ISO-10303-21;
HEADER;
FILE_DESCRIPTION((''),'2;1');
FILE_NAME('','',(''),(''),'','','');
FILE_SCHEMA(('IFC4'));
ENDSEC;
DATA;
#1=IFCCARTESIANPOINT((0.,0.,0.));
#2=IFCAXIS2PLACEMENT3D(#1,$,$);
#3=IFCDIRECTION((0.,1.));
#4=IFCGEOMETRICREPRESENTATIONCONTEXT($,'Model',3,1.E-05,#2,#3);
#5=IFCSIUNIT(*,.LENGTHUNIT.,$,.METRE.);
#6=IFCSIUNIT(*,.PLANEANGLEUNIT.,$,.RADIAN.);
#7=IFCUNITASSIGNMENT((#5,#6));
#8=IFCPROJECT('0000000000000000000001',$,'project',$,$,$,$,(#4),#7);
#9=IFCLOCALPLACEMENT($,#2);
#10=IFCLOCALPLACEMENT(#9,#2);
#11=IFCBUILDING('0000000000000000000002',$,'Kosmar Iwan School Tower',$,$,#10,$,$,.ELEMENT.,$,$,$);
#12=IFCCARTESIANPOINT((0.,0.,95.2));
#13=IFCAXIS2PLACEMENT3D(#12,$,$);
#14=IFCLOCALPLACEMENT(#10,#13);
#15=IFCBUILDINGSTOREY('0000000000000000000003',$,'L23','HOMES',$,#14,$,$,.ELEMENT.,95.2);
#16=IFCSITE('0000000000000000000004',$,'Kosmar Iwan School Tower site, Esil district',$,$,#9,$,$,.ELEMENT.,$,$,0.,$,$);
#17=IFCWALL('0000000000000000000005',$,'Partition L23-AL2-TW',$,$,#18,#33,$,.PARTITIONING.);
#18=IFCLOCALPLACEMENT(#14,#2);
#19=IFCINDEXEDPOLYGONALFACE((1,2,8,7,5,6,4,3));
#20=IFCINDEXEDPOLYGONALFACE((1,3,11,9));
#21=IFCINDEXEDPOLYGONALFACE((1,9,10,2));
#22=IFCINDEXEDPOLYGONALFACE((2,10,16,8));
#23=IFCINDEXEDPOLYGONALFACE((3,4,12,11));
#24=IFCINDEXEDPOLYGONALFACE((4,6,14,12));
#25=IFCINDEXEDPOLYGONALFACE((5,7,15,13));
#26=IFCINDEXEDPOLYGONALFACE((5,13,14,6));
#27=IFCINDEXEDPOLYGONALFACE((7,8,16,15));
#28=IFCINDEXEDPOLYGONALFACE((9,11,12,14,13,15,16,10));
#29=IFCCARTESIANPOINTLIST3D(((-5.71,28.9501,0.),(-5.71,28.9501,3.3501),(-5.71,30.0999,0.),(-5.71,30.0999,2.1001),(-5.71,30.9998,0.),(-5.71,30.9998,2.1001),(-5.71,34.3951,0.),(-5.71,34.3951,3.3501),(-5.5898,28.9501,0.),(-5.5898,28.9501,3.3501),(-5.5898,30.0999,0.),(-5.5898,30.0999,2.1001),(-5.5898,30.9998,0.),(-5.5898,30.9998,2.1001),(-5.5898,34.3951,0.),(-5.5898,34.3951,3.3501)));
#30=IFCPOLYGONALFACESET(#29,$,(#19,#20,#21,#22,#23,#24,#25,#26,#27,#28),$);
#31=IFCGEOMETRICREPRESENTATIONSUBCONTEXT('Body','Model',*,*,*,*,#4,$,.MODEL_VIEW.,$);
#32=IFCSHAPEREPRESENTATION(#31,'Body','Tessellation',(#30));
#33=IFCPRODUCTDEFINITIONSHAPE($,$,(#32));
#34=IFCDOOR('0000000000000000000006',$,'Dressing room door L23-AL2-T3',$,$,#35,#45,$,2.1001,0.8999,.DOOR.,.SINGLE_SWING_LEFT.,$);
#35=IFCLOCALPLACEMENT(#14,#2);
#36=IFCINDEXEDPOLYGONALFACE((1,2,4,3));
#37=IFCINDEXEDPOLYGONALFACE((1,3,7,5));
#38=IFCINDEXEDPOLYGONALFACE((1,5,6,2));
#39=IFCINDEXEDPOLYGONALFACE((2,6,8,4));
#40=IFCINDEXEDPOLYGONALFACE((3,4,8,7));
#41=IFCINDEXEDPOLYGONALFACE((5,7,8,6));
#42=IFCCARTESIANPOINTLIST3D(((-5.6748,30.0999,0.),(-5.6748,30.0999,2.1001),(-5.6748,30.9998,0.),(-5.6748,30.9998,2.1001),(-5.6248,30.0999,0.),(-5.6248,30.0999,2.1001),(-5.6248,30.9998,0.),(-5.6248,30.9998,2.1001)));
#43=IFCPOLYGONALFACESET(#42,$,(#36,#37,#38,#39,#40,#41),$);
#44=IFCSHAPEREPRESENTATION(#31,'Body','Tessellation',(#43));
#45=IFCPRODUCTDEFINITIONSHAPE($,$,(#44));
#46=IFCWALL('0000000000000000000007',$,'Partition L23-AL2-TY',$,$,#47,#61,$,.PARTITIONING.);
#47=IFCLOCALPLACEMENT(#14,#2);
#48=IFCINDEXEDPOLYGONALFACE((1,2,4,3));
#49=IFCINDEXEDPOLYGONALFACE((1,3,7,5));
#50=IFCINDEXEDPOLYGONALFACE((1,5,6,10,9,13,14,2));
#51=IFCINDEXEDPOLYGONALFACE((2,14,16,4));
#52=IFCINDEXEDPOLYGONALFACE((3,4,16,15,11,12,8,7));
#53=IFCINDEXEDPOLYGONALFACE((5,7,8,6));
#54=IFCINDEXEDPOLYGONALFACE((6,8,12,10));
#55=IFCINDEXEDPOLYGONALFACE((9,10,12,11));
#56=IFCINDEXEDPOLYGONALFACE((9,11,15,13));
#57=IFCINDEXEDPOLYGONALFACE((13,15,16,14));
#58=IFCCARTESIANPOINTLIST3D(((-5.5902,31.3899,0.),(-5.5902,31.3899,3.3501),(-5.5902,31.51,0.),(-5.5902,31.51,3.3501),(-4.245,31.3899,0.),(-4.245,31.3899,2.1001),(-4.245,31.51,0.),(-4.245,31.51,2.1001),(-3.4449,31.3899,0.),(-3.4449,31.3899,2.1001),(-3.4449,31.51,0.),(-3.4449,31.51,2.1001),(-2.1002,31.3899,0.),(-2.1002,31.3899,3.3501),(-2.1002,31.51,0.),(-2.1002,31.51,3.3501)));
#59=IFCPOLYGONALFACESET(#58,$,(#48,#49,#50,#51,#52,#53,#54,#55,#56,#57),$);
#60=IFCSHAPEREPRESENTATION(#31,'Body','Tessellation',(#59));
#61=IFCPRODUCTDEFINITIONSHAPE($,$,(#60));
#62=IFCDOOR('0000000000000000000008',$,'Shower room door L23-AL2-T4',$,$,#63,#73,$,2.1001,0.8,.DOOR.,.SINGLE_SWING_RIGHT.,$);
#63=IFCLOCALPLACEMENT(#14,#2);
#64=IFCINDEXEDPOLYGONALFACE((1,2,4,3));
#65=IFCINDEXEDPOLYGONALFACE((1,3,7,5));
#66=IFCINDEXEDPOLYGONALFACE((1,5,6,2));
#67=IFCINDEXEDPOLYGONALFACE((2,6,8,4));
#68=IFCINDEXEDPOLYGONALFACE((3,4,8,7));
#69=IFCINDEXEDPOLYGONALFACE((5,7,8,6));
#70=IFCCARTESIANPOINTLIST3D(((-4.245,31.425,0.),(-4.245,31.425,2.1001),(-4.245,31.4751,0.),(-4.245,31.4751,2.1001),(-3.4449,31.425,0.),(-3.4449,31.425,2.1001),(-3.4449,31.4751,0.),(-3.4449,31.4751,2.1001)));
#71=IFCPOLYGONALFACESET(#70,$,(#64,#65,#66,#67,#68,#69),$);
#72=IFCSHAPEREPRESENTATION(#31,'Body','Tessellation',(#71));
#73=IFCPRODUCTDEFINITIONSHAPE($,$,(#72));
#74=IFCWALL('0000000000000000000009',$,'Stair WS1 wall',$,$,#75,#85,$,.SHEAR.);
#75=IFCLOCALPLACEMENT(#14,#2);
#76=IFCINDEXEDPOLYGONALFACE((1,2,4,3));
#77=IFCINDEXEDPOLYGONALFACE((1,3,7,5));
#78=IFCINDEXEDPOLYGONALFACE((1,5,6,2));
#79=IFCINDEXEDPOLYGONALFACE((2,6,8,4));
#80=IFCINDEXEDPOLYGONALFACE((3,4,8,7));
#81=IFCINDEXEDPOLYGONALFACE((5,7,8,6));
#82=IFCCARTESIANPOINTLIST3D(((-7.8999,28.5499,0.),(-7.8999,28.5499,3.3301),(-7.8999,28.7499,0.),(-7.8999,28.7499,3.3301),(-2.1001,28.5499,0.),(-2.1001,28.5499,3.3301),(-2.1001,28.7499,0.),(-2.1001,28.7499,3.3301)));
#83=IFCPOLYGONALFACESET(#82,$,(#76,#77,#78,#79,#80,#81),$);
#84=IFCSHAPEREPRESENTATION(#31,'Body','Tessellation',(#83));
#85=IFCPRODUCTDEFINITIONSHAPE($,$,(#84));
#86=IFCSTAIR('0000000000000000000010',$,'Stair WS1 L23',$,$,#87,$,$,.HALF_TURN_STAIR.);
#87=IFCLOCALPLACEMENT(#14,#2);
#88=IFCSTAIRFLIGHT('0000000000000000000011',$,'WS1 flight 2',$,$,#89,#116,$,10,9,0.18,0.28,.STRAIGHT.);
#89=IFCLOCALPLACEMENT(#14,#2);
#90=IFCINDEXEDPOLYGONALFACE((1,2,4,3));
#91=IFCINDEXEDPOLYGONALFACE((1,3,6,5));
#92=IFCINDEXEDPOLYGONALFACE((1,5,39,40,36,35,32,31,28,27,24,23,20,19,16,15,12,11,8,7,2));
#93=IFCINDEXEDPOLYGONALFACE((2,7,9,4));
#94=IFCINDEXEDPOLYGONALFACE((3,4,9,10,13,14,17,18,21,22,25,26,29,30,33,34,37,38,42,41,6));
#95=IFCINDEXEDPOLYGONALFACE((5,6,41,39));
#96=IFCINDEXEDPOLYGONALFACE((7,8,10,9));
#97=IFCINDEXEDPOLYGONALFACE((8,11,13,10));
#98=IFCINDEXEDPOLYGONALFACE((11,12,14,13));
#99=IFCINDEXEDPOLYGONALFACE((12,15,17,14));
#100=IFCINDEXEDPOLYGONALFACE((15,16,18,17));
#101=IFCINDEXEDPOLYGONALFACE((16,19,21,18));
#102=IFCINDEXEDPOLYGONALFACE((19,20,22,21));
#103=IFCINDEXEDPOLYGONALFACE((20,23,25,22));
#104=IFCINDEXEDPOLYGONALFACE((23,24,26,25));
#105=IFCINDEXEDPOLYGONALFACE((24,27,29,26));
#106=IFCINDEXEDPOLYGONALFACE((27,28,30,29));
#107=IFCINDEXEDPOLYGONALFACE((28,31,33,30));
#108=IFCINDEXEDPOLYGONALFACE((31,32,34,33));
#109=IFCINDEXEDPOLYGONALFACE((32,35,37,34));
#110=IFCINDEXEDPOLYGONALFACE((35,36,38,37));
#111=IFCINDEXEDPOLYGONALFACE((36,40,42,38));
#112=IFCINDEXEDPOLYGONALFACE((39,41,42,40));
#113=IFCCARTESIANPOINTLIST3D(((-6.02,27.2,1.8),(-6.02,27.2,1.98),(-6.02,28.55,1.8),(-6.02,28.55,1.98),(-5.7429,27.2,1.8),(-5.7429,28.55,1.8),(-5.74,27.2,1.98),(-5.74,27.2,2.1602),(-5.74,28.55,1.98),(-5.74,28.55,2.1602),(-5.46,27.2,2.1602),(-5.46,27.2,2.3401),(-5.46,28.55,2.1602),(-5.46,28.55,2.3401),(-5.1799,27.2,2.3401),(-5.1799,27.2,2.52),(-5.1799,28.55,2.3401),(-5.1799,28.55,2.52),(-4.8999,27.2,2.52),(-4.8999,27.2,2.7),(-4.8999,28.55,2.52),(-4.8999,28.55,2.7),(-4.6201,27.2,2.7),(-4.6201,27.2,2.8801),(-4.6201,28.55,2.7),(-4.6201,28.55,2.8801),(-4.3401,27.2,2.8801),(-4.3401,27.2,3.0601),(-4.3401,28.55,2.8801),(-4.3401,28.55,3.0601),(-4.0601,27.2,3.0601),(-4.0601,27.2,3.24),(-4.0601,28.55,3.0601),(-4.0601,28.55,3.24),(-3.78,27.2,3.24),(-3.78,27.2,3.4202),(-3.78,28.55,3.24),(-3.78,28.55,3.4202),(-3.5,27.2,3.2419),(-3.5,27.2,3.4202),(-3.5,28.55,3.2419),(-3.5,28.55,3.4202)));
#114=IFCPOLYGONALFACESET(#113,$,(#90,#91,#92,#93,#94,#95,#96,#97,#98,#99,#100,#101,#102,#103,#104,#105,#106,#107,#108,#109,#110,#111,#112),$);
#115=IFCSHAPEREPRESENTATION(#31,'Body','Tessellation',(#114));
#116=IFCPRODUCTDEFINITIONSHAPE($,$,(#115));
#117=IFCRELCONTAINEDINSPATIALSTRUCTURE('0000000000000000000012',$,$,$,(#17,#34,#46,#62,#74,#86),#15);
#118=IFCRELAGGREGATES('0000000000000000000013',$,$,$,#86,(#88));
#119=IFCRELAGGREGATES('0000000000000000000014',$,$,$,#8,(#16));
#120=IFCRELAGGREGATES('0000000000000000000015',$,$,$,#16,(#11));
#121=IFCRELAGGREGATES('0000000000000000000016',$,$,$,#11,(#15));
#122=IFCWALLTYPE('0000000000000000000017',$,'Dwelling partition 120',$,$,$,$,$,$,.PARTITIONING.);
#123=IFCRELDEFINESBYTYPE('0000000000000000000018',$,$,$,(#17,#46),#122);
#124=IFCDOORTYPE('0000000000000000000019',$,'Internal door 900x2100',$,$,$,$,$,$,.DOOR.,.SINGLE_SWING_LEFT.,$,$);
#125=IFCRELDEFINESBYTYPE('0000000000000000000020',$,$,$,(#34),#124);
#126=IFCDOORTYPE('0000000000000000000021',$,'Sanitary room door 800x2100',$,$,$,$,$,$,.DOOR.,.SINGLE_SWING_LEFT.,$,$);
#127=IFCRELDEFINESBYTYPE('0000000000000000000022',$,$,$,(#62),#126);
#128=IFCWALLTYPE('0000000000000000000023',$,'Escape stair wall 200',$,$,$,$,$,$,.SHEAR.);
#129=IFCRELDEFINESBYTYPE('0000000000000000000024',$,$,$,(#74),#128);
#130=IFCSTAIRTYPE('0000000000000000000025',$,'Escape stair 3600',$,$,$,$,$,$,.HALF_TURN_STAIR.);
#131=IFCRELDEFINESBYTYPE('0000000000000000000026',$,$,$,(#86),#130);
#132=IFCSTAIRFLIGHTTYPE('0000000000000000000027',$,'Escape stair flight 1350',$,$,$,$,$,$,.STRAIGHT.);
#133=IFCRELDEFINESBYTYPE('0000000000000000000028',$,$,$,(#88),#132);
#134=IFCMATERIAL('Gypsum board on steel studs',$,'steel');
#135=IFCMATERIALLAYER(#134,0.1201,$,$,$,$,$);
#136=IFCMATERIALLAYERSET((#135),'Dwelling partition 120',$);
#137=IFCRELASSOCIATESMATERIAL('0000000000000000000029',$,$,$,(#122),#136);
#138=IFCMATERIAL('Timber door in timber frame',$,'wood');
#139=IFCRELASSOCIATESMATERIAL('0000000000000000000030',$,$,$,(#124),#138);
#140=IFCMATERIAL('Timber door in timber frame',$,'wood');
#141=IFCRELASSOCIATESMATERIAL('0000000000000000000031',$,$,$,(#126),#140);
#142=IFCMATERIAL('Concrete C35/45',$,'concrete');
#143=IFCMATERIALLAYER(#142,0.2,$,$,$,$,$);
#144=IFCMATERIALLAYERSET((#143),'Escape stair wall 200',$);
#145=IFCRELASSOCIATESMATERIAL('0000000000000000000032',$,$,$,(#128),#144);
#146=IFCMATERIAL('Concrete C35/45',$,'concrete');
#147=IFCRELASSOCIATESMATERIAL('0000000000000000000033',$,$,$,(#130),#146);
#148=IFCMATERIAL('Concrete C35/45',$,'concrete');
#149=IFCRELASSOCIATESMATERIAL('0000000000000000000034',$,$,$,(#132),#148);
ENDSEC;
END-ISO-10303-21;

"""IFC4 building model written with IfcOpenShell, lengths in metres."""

from ifc_helpers import new_model, si_unit, direction, frame, frame_2d, origin, place, context, subcontext, project, spatial, polyline, rectangle, outline, extrude, material, layer, layer_set, type_object, element, fill, aggregate, save


model = new_model("IFC4")

# Units and contexts
model_context = context("Model", 3, precision=1e-05, world=origin(), true_north=direction((0.0, 1.0)))
body_context = subcontext(model_context, "Body", "Model", "MODEL_VIEW")
ifc_project = project(units=[si_unit("LENGTHUNIT", "METRE"), si_unit("PLANEANGLEUNIT", "RADIAN")], contexts=[model_context])

# Site, building, storey
site_placement = place(None, origin())
site = spatial("IfcSite", under=ifc_project, at=site_placement, Name="Kosmar Iwan School Tower site, Esil district", CompositionType="ELEMENT", RefElevation=0.0)
building_placement = place(site_placement, origin())
building = spatial("IfcBuilding", under=site, at=building_placement, Name="Kosmar Iwan School Tower", CompositionType="ELEMENT")
storey_placement = place(building_placement, frame((0.0, 0.0, 95.2)))
storey = spatial("IfcBuildingStorey", under=building, at=storey_placement, Name="L23", Description="HOMES", CompositionType="ELEMENT", Elevation=95.2)

# Walls, openings, doors
ifc_material_1 = material(Name="Gypsum board on steel studs", Category="steel")
ifc_layer_1 = layer(ifc_material_1, 0.1201)
ifc_layer_set_1 = layer_set([ifc_layer_1], Name="Dwelling partition 120")
wall_type_1 = type_object("IfcWallType", Name="Dwelling partition 120", PredefinedType="PARTITIONING", material=ifc_layer_set_1)
ifc_material_2 = material(Name="Timber door in timber frame", Category="wood")
door_type_1 = type_object("IfcDoorType", Name="Internal door 900x2100", OperationType="SINGLE_SWING_LEFT", PredefinedType="DOOR", material=ifc_material_2)
wall_1_placement = place(storey_placement, frame((-5.6499, 28.95, 0.0), z_axis=(0.0, 0.0, 1.0), x_axis=(0.0, 1.0, 0.0)))
wall_1 = element("IfcWall", 1, at=wall_1_placement, inside=storey, type_object=wall_type_1, Name="Partition L23-AL2-TW", PredefinedType="PARTITIONING", context=body_context, shape_type="SweptSolid", body=[
    extrude(rectangle(XDim=5.4451, YDim=0.1201, at=frame_2d((2.7227, 0.0))), origin(), (0.0, 0.0, 1.0), 3.3501),
])
opening_1_placement = place(wall_1_placement, frame((1.1499, 0.0, 0.0)))
opening_1 = element("IfcOpeningElement", 2, at=opening_1_placement, cuts=wall_1, PredefinedType="OPENING", context=body_context, shape_type="SweptSolid", body=[
    extrude(rectangle(XDim=0.8999, YDim=2.1001, at=frame_2d((0.45, 1.05))), frame((0.0, 0.072, 0.0), z_axis=(0.0, -1.0, 0.0), x_axis=(1.0, 0.0, 0.0)), (0.0, 0.0, 1.0), 0.144),
])
door_1_placement = place(opening_1_placement, origin())
door_1 = element("IfcDoor", 3, at=door_1_placement, inside=storey, type_object=door_type_1, Name="Dressing room door L23-AL2-T3", OperationType="SINGLE_SWING_LEFT", OverallHeight=2.1001, OverallWidth=0.8999, PredefinedType="DOOR", context=body_context, shape_type="SweptSolid", body=[
    extrude(rectangle(XDim=0.8999, YDim=2.1001, at=frame_2d((0.45, 1.05))), frame((0.0, 0.0249, 0.0), z_axis=(0.0, -1.0, 0.0), x_axis=(1.0, 0.0, 0.0)), (0.0, 0.0, 1.0), 0.05),
])
fill(opening_1, door_1)
wall_2_placement = place(storey_placement, frame((-2.1001, 31.45, 0.0), z_axis=(0.0, 0.0, 1.0), x_axis=(-1.0, 0.0, 0.0)))
wall_2 = element("IfcWall", 4, at=wall_2_placement, inside=storey, type_object=wall_type_1, Name="Partition L23-AL2-TY", PredefinedType="PARTITIONING", context=body_context, shape_type="SweptSolid", body=[
    extrude(rectangle(XDim=3.49, YDim=0.1201, at=frame_2d((1.7451, 0.0))), origin(), (0.0, 0.0, 1.0), 3.3501),
])
opening_2_placement = place(wall_2_placement, frame((1.345, 0.0, 0.0)))
opening_2 = element("IfcOpeningElement", 5, at=opening_2_placement, cuts=wall_2, PredefinedType="OPENING", context=body_context, shape_type="SweptSolid", body=[
    extrude(rectangle(XDim=0.8, YDim=2.1001, at=frame_2d((0.3999, 1.05))), frame((0.0, 0.072, 0.0), z_axis=(0.0, -1.0, 0.0), x_axis=(1.0, 0.0, 0.0)), (0.0, 0.0, 1.0), 0.144),
])
ifc_material_3 = material(Name="Timber door in timber frame", Category="wood")
door_type_2 = type_object("IfcDoorType", Name="Sanitary room door 800x2100", OperationType="SINGLE_SWING_LEFT", PredefinedType="DOOR", material=ifc_material_3)
door_2_placement = place(opening_2_placement, origin())
door_2 = element("IfcDoor", 6, at=door_2_placement, inside=storey, type_object=door_type_2, Name="Shower room door L23-AL2-T4", OperationType="SINGLE_SWING_RIGHT", OverallHeight=2.1001, OverallWidth=0.8, PredefinedType="DOOR", context=body_context, shape_type="SweptSolid", body=[
    extrude(rectangle(XDim=0.8, YDim=2.1001, at=frame_2d((0.3999, 1.05))), frame((0.0, 0.0249, 0.0), z_axis=(0.0, -1.0, 0.0), x_axis=(1.0, 0.0, 0.0)), (0.0, 0.0, 1.0), 0.05),
])
fill(opening_2, door_2)

# Wall
ifc_material_4 = material(Name="Concrete C35/45", Category="concrete")
ifc_layer_2 = layer(ifc_material_4, 0.2)
ifc_layer_set_2 = layer_set([ifc_layer_2], Name="Escape stair wall 200")
wall_type_2 = type_object("IfcWallType", Name="Escape stair wall 200", PredefinedType="SHEAR", material=ifc_layer_set_2)
wall_3_placement = place(storey_placement, frame((-2.1001, 28.6499, 0.0), z_axis=(0.0, 0.0, 1.0), x_axis=(-1.0, 0.0, 0.0)))
element("IfcWall", 7, at=wall_3_placement, inside=storey, type_object=wall_type_2, Name="Stair WS1 wall", PredefinedType="SHEAR", context=body_context, shape_type="SweptSolid", body=[
    extrude(rectangle(XDim=5.7998, YDim=0.2, at=frame_2d((2.8999, 0.0))), origin(), (0.0, 0.0, 1.0), 3.3301),
])

# Stair, stair flight
ifc_material_5 = material(Name="Concrete C35/45", Category="concrete")
stair_type = type_object("IfcStairType", Name="Escape stair 3600", PredefinedType="HALF_TURN_STAIR", material=ifc_material_5)
stair_placement = place(storey_placement, origin())
stair = element("IfcStair", 8, at=stair_placement, inside=storey, type_object=stair_type, Name="Stair WS1 L23", PredefinedType="HALF_TURN_STAIR")
ifc_material_6 = material(Name="Concrete C35/45", Category="concrete")
stair_flight_type = type_object("IfcStairFlightType", Name="Escape stair flight 1350", PredefinedType="STRAIGHT", material=ifc_material_6)
stair_flight_placement = place(storey_placement, frame((-6.02, 27.875, 1.8), z_axis=(0.0, 0.0, 1.0), x_axis=(1.0, 0.0, 0.0)))
stair_flight = element("IfcStairFlight", 9, at=stair_flight_placement, type_object=stair_flight_type, Name="WS1 flight 2", NumberOfRisers=10, NumberOfTreads=9, PredefinedType="STRAIGHT", RiserHeight=0.18, TreadLength=0.28, context=body_context, shape_type="SweptSolid", body=[
    extrude(outline(polyline([(0.0, 0.0), (0.0, 0.1799), (0.28, 0.1799), (0.28, 0.3601), (0.5601, 0.3601), (0.5601, 0.54), (0.8401, 0.54), (0.8401, 0.72), (1.1201, 0.72), (1.1201, 0.8999), (1.3999, 0.8999), (1.3999, 1.0801), (1.6799, 1.0801), (1.6799, 1.26), (1.96, 1.26), (1.96, 1.4399), (2.24, 1.4399), (2.24, 1.6201), (2.52, 1.6201), (2.52, 1.8), (2.52, 1.4419), (0.2771, 0.0), (0.0, 0.0)])), frame((0.0, 0.675, 0.0), z_axis=(0.0, -1.0, 0.0), x_axis=(1.0, 0.0, 0.0)), (0.0, 0.0, 1.0), 1.3501),
])
aggregate(stair, [stair_flight])

save(model, "model.ifc")
